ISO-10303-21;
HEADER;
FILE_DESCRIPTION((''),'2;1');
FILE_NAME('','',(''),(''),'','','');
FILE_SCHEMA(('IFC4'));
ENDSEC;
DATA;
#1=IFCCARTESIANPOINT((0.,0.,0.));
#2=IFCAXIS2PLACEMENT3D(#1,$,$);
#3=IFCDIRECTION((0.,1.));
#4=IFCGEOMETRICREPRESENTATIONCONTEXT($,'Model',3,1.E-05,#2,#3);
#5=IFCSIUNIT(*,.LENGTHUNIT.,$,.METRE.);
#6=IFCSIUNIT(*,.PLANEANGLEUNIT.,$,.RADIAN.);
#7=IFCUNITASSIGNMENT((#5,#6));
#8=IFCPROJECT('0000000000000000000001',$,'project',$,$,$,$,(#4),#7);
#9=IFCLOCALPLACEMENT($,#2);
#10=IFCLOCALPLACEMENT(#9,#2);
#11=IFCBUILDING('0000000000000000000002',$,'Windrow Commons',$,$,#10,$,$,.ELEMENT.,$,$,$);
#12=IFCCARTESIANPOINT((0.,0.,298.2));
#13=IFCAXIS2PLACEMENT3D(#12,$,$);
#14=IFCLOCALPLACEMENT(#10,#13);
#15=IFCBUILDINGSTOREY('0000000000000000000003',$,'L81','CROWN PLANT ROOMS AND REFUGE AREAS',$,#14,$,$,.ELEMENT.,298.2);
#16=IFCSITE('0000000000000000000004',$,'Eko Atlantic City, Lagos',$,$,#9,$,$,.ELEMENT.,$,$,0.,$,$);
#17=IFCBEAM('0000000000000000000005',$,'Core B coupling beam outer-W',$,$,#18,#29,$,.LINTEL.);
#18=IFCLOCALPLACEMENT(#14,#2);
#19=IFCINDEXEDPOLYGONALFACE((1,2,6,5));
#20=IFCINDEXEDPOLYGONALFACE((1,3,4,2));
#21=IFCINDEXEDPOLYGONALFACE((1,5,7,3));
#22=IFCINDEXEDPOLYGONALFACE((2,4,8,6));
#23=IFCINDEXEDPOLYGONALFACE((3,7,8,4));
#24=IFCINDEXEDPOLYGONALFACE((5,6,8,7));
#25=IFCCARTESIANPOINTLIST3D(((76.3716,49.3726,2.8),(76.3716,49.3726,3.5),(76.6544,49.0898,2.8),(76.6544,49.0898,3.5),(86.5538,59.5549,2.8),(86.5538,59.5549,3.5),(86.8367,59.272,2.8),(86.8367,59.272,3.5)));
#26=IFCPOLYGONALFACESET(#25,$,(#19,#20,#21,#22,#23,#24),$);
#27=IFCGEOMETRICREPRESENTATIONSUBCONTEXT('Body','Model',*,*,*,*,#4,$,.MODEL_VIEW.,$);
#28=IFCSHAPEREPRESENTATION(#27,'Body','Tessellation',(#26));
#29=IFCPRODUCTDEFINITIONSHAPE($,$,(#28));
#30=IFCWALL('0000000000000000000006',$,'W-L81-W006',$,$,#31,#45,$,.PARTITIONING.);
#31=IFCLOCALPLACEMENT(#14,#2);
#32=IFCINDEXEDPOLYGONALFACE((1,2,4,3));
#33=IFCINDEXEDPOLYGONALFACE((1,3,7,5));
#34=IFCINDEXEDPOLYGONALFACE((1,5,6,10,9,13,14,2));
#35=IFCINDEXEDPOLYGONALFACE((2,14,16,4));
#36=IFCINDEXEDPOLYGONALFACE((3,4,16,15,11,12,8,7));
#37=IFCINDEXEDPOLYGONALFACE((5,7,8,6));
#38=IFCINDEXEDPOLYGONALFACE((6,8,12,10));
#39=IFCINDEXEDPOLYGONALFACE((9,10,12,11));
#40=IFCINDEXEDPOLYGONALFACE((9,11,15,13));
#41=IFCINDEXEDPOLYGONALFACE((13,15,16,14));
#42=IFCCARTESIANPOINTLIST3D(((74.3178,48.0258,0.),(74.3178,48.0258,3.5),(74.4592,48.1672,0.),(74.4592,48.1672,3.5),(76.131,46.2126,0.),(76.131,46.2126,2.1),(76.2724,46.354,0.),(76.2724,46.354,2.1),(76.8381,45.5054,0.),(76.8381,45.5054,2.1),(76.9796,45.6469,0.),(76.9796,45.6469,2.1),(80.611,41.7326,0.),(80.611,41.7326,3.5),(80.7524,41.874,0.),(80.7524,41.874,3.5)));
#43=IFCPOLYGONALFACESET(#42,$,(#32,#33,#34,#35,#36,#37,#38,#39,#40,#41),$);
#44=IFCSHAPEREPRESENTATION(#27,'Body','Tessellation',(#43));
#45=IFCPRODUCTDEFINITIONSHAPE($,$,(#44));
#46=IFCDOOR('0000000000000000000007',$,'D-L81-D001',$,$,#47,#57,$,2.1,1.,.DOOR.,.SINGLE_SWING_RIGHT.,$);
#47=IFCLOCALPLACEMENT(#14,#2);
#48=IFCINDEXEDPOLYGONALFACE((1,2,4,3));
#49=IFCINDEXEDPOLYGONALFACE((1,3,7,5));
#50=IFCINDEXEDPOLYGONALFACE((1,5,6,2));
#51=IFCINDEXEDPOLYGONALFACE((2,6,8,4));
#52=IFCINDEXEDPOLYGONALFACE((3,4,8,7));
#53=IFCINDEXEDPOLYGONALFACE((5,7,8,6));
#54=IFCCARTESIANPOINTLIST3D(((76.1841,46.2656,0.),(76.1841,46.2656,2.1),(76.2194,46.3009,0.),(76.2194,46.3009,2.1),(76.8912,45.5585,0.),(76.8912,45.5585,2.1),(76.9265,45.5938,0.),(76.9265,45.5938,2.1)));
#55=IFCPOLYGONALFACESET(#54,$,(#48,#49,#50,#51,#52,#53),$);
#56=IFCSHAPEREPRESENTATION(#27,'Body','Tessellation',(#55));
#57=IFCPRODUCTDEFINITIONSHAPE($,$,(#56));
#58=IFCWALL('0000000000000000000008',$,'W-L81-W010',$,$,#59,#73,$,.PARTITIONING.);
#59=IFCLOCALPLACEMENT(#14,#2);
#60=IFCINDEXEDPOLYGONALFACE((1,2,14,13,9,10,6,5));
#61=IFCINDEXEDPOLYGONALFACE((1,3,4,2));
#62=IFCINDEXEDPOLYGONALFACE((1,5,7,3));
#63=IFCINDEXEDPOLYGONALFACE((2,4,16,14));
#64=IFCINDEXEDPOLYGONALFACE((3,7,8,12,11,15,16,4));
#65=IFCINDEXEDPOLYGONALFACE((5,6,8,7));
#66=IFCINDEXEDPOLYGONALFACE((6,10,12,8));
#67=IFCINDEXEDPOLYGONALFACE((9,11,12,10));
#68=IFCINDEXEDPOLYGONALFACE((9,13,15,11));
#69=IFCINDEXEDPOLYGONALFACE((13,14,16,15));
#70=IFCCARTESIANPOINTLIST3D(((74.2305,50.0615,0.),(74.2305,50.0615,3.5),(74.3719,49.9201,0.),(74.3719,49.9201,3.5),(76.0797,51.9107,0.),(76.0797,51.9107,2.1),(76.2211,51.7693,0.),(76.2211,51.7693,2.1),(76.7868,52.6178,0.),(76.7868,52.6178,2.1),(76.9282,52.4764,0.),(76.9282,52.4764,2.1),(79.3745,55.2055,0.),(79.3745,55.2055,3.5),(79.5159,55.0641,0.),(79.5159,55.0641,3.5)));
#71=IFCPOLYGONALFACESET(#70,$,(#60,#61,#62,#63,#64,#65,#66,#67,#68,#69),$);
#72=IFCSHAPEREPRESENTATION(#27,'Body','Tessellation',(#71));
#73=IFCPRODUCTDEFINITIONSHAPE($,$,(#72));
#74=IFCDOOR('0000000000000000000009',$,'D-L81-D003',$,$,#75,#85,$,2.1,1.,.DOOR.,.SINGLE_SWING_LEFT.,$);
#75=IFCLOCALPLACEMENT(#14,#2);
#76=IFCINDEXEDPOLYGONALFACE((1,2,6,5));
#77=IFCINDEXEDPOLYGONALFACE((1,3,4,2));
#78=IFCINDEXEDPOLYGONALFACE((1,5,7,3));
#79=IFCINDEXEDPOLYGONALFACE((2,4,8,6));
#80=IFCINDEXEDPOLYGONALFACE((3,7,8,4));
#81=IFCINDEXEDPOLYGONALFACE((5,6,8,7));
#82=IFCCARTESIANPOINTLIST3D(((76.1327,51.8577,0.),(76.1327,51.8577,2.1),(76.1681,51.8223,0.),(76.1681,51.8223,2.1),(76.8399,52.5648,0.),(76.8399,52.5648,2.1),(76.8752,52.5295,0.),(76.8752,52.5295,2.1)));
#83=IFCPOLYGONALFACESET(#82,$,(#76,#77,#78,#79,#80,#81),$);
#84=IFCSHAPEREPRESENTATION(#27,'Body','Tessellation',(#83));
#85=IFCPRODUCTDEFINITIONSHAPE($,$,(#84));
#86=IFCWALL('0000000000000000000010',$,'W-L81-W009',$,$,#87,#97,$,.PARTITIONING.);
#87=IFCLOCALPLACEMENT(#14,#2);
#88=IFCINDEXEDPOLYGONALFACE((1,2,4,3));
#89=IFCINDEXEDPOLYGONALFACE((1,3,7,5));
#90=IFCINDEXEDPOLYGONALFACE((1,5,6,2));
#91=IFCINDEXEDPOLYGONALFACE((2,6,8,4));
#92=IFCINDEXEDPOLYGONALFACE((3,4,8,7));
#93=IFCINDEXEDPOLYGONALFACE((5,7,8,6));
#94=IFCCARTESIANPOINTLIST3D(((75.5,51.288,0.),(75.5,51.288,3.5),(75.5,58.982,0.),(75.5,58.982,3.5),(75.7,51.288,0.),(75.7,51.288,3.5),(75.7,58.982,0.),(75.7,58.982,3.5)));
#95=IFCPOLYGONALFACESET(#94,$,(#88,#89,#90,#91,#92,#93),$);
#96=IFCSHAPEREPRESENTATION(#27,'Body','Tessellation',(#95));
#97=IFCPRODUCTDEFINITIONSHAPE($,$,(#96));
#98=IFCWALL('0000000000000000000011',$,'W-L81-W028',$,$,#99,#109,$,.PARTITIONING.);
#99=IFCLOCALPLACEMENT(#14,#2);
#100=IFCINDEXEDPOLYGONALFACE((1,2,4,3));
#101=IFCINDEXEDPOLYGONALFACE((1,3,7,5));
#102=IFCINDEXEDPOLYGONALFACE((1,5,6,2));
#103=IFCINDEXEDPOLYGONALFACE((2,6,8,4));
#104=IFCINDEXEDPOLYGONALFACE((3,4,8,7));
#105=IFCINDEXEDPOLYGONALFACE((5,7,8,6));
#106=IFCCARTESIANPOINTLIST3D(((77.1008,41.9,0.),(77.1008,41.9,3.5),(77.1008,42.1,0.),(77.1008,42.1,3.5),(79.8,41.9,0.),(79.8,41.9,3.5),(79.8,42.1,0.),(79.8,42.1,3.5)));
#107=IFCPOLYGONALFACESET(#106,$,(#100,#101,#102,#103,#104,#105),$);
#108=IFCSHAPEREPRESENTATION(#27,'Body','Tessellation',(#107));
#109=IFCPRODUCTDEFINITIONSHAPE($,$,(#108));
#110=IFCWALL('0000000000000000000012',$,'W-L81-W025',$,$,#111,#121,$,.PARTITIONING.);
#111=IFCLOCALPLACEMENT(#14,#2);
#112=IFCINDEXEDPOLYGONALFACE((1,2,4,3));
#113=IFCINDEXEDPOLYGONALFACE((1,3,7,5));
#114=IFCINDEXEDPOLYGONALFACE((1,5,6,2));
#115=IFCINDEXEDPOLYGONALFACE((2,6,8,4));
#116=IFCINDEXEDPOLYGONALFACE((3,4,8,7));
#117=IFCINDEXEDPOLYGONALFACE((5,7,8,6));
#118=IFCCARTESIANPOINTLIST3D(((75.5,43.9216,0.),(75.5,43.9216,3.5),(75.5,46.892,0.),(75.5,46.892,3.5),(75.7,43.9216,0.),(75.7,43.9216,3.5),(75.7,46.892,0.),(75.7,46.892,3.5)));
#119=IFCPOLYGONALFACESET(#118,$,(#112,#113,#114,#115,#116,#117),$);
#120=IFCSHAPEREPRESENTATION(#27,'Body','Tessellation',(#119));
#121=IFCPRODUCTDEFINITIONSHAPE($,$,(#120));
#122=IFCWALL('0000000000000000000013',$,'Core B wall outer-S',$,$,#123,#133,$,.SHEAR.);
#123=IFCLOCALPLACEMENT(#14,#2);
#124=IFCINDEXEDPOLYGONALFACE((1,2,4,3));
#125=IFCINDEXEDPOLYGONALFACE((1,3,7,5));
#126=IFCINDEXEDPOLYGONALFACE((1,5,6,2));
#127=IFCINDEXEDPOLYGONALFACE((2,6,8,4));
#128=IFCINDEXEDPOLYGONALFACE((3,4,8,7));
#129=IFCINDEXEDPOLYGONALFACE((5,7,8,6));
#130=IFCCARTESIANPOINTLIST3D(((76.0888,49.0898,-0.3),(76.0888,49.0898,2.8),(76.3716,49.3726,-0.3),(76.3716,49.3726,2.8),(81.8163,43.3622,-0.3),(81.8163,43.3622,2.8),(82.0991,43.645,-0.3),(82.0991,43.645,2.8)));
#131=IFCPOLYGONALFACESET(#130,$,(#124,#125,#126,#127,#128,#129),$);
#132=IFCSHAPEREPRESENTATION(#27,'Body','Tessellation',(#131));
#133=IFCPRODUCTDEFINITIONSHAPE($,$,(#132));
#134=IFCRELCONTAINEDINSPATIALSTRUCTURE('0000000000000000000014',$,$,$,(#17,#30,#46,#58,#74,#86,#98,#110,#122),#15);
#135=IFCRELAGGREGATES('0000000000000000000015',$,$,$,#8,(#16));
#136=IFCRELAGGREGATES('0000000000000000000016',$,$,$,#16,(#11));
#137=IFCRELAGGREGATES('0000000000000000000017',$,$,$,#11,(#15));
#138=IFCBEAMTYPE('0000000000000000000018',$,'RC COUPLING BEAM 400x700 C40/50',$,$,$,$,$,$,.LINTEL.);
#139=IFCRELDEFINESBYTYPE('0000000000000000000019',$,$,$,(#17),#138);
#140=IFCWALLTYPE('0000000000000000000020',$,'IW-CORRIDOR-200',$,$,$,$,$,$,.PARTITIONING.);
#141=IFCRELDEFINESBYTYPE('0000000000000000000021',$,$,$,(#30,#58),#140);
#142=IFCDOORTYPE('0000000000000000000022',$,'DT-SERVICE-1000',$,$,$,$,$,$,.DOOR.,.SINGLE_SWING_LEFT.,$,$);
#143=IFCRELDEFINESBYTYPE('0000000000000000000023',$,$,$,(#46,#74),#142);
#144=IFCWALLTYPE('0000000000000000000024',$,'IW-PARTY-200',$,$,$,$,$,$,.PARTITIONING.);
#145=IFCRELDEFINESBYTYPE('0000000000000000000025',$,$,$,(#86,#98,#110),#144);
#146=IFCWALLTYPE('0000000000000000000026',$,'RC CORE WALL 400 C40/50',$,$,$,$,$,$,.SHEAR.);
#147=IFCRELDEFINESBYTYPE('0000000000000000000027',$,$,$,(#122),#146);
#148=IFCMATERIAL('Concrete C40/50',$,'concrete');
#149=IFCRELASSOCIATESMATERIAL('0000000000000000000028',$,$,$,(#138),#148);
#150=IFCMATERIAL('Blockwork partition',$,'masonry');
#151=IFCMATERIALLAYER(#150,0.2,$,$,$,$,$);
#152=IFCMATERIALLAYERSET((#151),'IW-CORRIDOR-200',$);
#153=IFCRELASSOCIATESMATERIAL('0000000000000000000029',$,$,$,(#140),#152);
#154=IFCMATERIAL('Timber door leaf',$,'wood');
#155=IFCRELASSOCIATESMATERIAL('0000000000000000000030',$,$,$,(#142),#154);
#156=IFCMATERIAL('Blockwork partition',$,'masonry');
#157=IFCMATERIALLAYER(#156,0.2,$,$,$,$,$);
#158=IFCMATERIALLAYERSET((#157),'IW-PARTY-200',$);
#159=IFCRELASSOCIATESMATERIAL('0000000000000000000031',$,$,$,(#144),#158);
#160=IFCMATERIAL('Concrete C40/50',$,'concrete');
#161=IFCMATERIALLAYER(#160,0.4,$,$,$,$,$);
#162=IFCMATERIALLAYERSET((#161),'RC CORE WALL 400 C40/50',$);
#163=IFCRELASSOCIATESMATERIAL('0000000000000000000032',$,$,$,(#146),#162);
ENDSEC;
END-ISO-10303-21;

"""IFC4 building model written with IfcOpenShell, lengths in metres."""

from ifc_helpers import new_model, si_unit, direction, frame, frame_2d, origin, origin_2d, place, context, subcontext, project, spatial, polyline, rectangle, outline, extrude, material, layer, layer_set, material_profile, profile_set, type_object, element, fill, save


model = new_model("IFC4")

# Units and contexts
model_context = context("Model", 3, precision=1e-05, world=origin(), true_north=direction((0.0, 1.0)))
body_context = subcontext(model_context, "Body", "Model", "MODEL_VIEW")
ifc_project = project(units=[si_unit("LENGTHUNIT", "METRE"), si_unit("PLANEANGLEUNIT", "RADIAN")], contexts=[model_context])

# Site, building, storey
site_placement = place(None, origin())
site = spatial("IfcSite", under=ifc_project, at=site_placement, Name="Eko Atlantic City, Lagos", CompositionType="ELEMENT", RefElevation=0.0)
building_placement = place(site_placement, origin())
building = spatial("IfcBuilding", under=site, at=building_placement, Name="Windrow Commons", CompositionType="ELEMENT")
storey_placement = place(building_placement, frame((0.0, 0.0, 298.2)))
storey = spatial("IfcBuildingStorey", under=building, at=storey_placement, Name="L81", Description="CROWN PLANT ROOMS AND REFUGE AREAS", CompositionType="ELEMENT", Elevation=298.2)

# Beam
ifc_material_1 = material(Name="Concrete C40/50", Category="concrete")
ifc_material_profile = material_profile(ifc_material_1, rectangle(XDim=0.4, YDim=0.7, at=origin_2d()))
ifc_profile_set = profile_set([ifc_material_profile], Name="Concrete C40/50")
beam_type = type_object("IfcBeamType", Name="RC COUPLING BEAM 400x700 C40/50", PredefinedType="LINTEL", material=ifc_profile_set)
beam_placement = place(storey_placement, frame((76.513, 49.2312, 3.15), z_axis=(0.707107, 0.707107, 0.0), x_axis=(-0.707107, 0.707107, 0.0)))
element("IfcBeam", 1, at=beam_placement, inside=storey, type_object=beam_type, Name="Core B coupling beam outer-W", PredefinedType="LINTEL", context=body_context, shape_type="SweptSolid", body=[
    extrude(rectangle(XDim=0.4, YDim=0.7, at=origin_2d()), origin(), (0.0, 0.0, 1.0), 14.3999),
])

# Walls, openings, doors
ifc_material_2 = material(Name="Blockwork partition", Category="masonry")
ifc_layer_1 = layer(ifc_material_2, 0.2)
ifc_layer_set_1 = layer_set([ifc_layer_1], Name="IW-CORRIDOR-200")
wall_type_1 = type_object("IfcWallType", Name="IW-CORRIDOR-200", PredefinedType="PARTITIONING", material=ifc_layer_set_1)
wall_1_placement = place(storey_placement, frame((74.3885, 48.0965, 0.0), z_axis=(0.0, 0.0, 1.0), x_axis=(0.707107, -0.707107, 0.0)))
wall_1 = element("IfcWall", 2, at=wall_1_placement, inside=storey, type_object=wall_type_1, Name="W-L81-W006", PredefinedType="PARTITIONING", context=body_context, shape_type="SweptSolid", body=[
    extrude(rectangle(XDim=8.8999, YDim=0.2, at=frame_2d((4.45, 0.0))), origin(), (0.0, 0.0, 1.0), 3.5),
])
opening_1_placement = place(wall_1_placement, frame((2.5643, 0.0, 0.0)))
opening_1 = element("IfcOpeningElement", 3, at=opening_1_placement, cuts=wall_1, PredefinedType="OPENING", context=body_context, shape_type="SweptSolid", body=[
    extrude(rectangle(XDim=1.0, YDim=2.1, at=frame_2d((0.5, 1.05))), frame((0.0, 0.11, 0.0), z_axis=(0.0, -1.0, 0.0), x_axis=(1.0, 0.0, 0.0)), (0.0, 0.0, 1.0), 0.22),
])
ifc_material_3 = material(Name="Timber door leaf", Category="wood")
door_type_1 = type_object("IfcDoorType", Name="DT-SERVICE-1000", OperationType="SINGLE_SWING_LEFT", PredefinedType="DOOR", material=ifc_material_3)
door_1_placement = place(opening_1_placement, origin())
door_1 = element("IfcDoor", 4, at=door_1_placement, inside=storey, type_object=door_type_1, Name="D-L81-D001", OperationType="SINGLE_SWING_RIGHT", OverallHeight=2.1, OverallWidth=1.0, PredefinedType="DOOR", context=body_context, shape_type="SweptSolid", body=[
    extrude(rectangle(XDim=1.0, YDim=2.1, at=frame_2d((0.5, 1.05))), frame((0.0, 0.025, 0.0), z_axis=(0.0, -1.0, 0.0), x_axis=(1.0, 0.0, 0.0)), (0.0, 0.0, 1.0), 0.05),
])
fill(opening_1, door_1)
wall_2_placement = place(storey_placement, frame((74.3012, 49.9908, 0.0), z_axis=(0.0, 0.0, 1.0), x_axis=(0.707107, 0.707107, 0.0)))
wall_2 = element("IfcWall", 5, at=wall_2_placement, inside=storey, type_object=wall_type_1, Name="W-L81-W010", PredefinedType="PARTITIONING", context=body_context, shape_type="SweptSolid", body=[
    extrude(rectangle(XDim=7.2747, YDim=0.2, at=frame_2d((3.6374, 0.0))), origin(), (0.0, 0.0, 1.0), 3.5),
])
opening_2_placement = place(wall_2_placement, frame((2.6152, 0.0, 0.0)))
opening_2 = element("IfcOpeningElement", 6, at=opening_2_placement, cuts=wall_2, PredefinedType="OPENING", context=body_context, shape_type="SweptSolid", body=[
    extrude(rectangle(XDim=1.0, YDim=2.1, at=frame_2d((0.5, 1.05))), frame((0.0, 0.11, 0.0), z_axis=(0.0, -1.0, 0.0), x_axis=(1.0, 0.0, 0.0)), (0.0, 0.0, 1.0), 0.22),
])
door_2_placement = place(opening_2_placement, origin())
door_2 = element("IfcDoor", 7, at=door_2_placement, inside=storey, type_object=door_type_1, Name="D-L81-D003", OperationType="SINGLE_SWING_LEFT", OverallHeight=2.1, OverallWidth=1.0, PredefinedType="DOOR", context=body_context, shape_type="SweptSolid", body=[
    extrude(rectangle(XDim=1.0, YDim=2.1, at=frame_2d((0.5, 1.05))), frame((0.0, 0.025, 0.0), z_axis=(0.0, -1.0, 0.0), x_axis=(1.0, 0.0, 0.0)), (0.0, 0.0, 1.0), 0.05),
])
fill(opening_2, door_2)

# Walls
ifc_material_4 = material(Name="Blockwork partition", Category="masonry")
ifc_layer_2 = layer(ifc_material_4, 0.2)
ifc_layer_set_2 = layer_set([ifc_layer_2], Name="IW-PARTY-200")
wall_type_2 = type_object("IfcWallType", Name="IW-PARTY-200", PredefinedType="PARTITIONING", material=ifc_layer_set_2)
wall_3_placement = place(storey_placement, frame((75.6, 51.288, 0.0), z_axis=(0.0, 0.0, 1.0), x_axis=(0.0, 1.0, 0.0)))
element("IfcWall", 8, at=wall_3_placement, inside=storey, type_object=wall_type_2, Name="W-L81-W009", PredefinedType="PARTITIONING", context=body_context, shape_type="SweptSolid", body=[
    extrude(rectangle(XDim=7.694, YDim=0.2, at=frame_2d((3.847, 0.0))), origin(), (0.0, 0.0, 1.0), 3.5),
])
wall_4_placement = place(storey_placement, frame((77.1008, 42.0, 0.0), z_axis=(0.0, 0.0, 1.0), x_axis=(1.0, 0.0, 0.0)))
element("IfcWall", 9, at=wall_4_placement, inside=storey, type_object=wall_type_2, Name="W-L81-W028", PredefinedType="PARTITIONING", context=body_context, shape_type="SweptSolid", body=[
    extrude(rectangle(XDim=2.6992, YDim=0.2, at=frame_2d((1.3496, 0.0))), origin(), (0.0, 0.0, 1.0), 3.5),
])
wall_5_placement = place(storey_placement, frame((75.6, 43.9216, 0.0), z_axis=(0.0, 0.0, 1.0), x_axis=(0.0, 1.0, 0.0)))
element("IfcWall", 10, at=wall_5_placement, inside=storey, type_object=wall_type_2, Name="W-L81-W025", PredefinedType="PARTITIONING", context=body_context, shape_type="SweptSolid", body=[
    extrude(outline(polyline([(0.0, -0.1), (2.9704, -0.1), (2.9704, 0.1), (0.0, 0.1), (0.0, -0.1)])), origin(), (0.0, 0.0, 1.0), 3.5),
])
ifc_material_5 = material(Name="Concrete C40/50", Category="concrete")
ifc_layer_3 = layer(ifc_material_5, 0.4)
ifc_layer_set_3 = layer_set([ifc_layer_3], Name="RC CORE WALL 400 C40/50")
wall_type_3 = type_object("IfcWallType", Name="RC CORE WALL 400 C40/50", PredefinedType="SHEAR", material=ifc_layer_set_3)
wall_6_placement = place(storey_placement, frame((76.2302, 49.2312, -0.3), z_axis=(0.0, 0.0, 1.0), x_axis=(0.707101, -0.707113, 0.0)))
element("IfcWall", 11, at=wall_6_placement, inside=storey, type_object=wall_type_3, Name="Core B wall outer-S", PredefinedType="SHEAR", context=body_context, shape_type="SweptSolid", body=[
    extrude(outline(polyline([(0.0, 0.0), (8.1, 0.0), (8.1, 3.1), (0.0, 3.1), (0.0, 0.0)])), frame((0.0, 0.2, 0.0), z_axis=(0.0, -1.0, 0.0), x_axis=(1.0, 0.0, 0.0)), (0.0, 0.0, 1.0), 0.4),
])

save(model, "model.ifc")
